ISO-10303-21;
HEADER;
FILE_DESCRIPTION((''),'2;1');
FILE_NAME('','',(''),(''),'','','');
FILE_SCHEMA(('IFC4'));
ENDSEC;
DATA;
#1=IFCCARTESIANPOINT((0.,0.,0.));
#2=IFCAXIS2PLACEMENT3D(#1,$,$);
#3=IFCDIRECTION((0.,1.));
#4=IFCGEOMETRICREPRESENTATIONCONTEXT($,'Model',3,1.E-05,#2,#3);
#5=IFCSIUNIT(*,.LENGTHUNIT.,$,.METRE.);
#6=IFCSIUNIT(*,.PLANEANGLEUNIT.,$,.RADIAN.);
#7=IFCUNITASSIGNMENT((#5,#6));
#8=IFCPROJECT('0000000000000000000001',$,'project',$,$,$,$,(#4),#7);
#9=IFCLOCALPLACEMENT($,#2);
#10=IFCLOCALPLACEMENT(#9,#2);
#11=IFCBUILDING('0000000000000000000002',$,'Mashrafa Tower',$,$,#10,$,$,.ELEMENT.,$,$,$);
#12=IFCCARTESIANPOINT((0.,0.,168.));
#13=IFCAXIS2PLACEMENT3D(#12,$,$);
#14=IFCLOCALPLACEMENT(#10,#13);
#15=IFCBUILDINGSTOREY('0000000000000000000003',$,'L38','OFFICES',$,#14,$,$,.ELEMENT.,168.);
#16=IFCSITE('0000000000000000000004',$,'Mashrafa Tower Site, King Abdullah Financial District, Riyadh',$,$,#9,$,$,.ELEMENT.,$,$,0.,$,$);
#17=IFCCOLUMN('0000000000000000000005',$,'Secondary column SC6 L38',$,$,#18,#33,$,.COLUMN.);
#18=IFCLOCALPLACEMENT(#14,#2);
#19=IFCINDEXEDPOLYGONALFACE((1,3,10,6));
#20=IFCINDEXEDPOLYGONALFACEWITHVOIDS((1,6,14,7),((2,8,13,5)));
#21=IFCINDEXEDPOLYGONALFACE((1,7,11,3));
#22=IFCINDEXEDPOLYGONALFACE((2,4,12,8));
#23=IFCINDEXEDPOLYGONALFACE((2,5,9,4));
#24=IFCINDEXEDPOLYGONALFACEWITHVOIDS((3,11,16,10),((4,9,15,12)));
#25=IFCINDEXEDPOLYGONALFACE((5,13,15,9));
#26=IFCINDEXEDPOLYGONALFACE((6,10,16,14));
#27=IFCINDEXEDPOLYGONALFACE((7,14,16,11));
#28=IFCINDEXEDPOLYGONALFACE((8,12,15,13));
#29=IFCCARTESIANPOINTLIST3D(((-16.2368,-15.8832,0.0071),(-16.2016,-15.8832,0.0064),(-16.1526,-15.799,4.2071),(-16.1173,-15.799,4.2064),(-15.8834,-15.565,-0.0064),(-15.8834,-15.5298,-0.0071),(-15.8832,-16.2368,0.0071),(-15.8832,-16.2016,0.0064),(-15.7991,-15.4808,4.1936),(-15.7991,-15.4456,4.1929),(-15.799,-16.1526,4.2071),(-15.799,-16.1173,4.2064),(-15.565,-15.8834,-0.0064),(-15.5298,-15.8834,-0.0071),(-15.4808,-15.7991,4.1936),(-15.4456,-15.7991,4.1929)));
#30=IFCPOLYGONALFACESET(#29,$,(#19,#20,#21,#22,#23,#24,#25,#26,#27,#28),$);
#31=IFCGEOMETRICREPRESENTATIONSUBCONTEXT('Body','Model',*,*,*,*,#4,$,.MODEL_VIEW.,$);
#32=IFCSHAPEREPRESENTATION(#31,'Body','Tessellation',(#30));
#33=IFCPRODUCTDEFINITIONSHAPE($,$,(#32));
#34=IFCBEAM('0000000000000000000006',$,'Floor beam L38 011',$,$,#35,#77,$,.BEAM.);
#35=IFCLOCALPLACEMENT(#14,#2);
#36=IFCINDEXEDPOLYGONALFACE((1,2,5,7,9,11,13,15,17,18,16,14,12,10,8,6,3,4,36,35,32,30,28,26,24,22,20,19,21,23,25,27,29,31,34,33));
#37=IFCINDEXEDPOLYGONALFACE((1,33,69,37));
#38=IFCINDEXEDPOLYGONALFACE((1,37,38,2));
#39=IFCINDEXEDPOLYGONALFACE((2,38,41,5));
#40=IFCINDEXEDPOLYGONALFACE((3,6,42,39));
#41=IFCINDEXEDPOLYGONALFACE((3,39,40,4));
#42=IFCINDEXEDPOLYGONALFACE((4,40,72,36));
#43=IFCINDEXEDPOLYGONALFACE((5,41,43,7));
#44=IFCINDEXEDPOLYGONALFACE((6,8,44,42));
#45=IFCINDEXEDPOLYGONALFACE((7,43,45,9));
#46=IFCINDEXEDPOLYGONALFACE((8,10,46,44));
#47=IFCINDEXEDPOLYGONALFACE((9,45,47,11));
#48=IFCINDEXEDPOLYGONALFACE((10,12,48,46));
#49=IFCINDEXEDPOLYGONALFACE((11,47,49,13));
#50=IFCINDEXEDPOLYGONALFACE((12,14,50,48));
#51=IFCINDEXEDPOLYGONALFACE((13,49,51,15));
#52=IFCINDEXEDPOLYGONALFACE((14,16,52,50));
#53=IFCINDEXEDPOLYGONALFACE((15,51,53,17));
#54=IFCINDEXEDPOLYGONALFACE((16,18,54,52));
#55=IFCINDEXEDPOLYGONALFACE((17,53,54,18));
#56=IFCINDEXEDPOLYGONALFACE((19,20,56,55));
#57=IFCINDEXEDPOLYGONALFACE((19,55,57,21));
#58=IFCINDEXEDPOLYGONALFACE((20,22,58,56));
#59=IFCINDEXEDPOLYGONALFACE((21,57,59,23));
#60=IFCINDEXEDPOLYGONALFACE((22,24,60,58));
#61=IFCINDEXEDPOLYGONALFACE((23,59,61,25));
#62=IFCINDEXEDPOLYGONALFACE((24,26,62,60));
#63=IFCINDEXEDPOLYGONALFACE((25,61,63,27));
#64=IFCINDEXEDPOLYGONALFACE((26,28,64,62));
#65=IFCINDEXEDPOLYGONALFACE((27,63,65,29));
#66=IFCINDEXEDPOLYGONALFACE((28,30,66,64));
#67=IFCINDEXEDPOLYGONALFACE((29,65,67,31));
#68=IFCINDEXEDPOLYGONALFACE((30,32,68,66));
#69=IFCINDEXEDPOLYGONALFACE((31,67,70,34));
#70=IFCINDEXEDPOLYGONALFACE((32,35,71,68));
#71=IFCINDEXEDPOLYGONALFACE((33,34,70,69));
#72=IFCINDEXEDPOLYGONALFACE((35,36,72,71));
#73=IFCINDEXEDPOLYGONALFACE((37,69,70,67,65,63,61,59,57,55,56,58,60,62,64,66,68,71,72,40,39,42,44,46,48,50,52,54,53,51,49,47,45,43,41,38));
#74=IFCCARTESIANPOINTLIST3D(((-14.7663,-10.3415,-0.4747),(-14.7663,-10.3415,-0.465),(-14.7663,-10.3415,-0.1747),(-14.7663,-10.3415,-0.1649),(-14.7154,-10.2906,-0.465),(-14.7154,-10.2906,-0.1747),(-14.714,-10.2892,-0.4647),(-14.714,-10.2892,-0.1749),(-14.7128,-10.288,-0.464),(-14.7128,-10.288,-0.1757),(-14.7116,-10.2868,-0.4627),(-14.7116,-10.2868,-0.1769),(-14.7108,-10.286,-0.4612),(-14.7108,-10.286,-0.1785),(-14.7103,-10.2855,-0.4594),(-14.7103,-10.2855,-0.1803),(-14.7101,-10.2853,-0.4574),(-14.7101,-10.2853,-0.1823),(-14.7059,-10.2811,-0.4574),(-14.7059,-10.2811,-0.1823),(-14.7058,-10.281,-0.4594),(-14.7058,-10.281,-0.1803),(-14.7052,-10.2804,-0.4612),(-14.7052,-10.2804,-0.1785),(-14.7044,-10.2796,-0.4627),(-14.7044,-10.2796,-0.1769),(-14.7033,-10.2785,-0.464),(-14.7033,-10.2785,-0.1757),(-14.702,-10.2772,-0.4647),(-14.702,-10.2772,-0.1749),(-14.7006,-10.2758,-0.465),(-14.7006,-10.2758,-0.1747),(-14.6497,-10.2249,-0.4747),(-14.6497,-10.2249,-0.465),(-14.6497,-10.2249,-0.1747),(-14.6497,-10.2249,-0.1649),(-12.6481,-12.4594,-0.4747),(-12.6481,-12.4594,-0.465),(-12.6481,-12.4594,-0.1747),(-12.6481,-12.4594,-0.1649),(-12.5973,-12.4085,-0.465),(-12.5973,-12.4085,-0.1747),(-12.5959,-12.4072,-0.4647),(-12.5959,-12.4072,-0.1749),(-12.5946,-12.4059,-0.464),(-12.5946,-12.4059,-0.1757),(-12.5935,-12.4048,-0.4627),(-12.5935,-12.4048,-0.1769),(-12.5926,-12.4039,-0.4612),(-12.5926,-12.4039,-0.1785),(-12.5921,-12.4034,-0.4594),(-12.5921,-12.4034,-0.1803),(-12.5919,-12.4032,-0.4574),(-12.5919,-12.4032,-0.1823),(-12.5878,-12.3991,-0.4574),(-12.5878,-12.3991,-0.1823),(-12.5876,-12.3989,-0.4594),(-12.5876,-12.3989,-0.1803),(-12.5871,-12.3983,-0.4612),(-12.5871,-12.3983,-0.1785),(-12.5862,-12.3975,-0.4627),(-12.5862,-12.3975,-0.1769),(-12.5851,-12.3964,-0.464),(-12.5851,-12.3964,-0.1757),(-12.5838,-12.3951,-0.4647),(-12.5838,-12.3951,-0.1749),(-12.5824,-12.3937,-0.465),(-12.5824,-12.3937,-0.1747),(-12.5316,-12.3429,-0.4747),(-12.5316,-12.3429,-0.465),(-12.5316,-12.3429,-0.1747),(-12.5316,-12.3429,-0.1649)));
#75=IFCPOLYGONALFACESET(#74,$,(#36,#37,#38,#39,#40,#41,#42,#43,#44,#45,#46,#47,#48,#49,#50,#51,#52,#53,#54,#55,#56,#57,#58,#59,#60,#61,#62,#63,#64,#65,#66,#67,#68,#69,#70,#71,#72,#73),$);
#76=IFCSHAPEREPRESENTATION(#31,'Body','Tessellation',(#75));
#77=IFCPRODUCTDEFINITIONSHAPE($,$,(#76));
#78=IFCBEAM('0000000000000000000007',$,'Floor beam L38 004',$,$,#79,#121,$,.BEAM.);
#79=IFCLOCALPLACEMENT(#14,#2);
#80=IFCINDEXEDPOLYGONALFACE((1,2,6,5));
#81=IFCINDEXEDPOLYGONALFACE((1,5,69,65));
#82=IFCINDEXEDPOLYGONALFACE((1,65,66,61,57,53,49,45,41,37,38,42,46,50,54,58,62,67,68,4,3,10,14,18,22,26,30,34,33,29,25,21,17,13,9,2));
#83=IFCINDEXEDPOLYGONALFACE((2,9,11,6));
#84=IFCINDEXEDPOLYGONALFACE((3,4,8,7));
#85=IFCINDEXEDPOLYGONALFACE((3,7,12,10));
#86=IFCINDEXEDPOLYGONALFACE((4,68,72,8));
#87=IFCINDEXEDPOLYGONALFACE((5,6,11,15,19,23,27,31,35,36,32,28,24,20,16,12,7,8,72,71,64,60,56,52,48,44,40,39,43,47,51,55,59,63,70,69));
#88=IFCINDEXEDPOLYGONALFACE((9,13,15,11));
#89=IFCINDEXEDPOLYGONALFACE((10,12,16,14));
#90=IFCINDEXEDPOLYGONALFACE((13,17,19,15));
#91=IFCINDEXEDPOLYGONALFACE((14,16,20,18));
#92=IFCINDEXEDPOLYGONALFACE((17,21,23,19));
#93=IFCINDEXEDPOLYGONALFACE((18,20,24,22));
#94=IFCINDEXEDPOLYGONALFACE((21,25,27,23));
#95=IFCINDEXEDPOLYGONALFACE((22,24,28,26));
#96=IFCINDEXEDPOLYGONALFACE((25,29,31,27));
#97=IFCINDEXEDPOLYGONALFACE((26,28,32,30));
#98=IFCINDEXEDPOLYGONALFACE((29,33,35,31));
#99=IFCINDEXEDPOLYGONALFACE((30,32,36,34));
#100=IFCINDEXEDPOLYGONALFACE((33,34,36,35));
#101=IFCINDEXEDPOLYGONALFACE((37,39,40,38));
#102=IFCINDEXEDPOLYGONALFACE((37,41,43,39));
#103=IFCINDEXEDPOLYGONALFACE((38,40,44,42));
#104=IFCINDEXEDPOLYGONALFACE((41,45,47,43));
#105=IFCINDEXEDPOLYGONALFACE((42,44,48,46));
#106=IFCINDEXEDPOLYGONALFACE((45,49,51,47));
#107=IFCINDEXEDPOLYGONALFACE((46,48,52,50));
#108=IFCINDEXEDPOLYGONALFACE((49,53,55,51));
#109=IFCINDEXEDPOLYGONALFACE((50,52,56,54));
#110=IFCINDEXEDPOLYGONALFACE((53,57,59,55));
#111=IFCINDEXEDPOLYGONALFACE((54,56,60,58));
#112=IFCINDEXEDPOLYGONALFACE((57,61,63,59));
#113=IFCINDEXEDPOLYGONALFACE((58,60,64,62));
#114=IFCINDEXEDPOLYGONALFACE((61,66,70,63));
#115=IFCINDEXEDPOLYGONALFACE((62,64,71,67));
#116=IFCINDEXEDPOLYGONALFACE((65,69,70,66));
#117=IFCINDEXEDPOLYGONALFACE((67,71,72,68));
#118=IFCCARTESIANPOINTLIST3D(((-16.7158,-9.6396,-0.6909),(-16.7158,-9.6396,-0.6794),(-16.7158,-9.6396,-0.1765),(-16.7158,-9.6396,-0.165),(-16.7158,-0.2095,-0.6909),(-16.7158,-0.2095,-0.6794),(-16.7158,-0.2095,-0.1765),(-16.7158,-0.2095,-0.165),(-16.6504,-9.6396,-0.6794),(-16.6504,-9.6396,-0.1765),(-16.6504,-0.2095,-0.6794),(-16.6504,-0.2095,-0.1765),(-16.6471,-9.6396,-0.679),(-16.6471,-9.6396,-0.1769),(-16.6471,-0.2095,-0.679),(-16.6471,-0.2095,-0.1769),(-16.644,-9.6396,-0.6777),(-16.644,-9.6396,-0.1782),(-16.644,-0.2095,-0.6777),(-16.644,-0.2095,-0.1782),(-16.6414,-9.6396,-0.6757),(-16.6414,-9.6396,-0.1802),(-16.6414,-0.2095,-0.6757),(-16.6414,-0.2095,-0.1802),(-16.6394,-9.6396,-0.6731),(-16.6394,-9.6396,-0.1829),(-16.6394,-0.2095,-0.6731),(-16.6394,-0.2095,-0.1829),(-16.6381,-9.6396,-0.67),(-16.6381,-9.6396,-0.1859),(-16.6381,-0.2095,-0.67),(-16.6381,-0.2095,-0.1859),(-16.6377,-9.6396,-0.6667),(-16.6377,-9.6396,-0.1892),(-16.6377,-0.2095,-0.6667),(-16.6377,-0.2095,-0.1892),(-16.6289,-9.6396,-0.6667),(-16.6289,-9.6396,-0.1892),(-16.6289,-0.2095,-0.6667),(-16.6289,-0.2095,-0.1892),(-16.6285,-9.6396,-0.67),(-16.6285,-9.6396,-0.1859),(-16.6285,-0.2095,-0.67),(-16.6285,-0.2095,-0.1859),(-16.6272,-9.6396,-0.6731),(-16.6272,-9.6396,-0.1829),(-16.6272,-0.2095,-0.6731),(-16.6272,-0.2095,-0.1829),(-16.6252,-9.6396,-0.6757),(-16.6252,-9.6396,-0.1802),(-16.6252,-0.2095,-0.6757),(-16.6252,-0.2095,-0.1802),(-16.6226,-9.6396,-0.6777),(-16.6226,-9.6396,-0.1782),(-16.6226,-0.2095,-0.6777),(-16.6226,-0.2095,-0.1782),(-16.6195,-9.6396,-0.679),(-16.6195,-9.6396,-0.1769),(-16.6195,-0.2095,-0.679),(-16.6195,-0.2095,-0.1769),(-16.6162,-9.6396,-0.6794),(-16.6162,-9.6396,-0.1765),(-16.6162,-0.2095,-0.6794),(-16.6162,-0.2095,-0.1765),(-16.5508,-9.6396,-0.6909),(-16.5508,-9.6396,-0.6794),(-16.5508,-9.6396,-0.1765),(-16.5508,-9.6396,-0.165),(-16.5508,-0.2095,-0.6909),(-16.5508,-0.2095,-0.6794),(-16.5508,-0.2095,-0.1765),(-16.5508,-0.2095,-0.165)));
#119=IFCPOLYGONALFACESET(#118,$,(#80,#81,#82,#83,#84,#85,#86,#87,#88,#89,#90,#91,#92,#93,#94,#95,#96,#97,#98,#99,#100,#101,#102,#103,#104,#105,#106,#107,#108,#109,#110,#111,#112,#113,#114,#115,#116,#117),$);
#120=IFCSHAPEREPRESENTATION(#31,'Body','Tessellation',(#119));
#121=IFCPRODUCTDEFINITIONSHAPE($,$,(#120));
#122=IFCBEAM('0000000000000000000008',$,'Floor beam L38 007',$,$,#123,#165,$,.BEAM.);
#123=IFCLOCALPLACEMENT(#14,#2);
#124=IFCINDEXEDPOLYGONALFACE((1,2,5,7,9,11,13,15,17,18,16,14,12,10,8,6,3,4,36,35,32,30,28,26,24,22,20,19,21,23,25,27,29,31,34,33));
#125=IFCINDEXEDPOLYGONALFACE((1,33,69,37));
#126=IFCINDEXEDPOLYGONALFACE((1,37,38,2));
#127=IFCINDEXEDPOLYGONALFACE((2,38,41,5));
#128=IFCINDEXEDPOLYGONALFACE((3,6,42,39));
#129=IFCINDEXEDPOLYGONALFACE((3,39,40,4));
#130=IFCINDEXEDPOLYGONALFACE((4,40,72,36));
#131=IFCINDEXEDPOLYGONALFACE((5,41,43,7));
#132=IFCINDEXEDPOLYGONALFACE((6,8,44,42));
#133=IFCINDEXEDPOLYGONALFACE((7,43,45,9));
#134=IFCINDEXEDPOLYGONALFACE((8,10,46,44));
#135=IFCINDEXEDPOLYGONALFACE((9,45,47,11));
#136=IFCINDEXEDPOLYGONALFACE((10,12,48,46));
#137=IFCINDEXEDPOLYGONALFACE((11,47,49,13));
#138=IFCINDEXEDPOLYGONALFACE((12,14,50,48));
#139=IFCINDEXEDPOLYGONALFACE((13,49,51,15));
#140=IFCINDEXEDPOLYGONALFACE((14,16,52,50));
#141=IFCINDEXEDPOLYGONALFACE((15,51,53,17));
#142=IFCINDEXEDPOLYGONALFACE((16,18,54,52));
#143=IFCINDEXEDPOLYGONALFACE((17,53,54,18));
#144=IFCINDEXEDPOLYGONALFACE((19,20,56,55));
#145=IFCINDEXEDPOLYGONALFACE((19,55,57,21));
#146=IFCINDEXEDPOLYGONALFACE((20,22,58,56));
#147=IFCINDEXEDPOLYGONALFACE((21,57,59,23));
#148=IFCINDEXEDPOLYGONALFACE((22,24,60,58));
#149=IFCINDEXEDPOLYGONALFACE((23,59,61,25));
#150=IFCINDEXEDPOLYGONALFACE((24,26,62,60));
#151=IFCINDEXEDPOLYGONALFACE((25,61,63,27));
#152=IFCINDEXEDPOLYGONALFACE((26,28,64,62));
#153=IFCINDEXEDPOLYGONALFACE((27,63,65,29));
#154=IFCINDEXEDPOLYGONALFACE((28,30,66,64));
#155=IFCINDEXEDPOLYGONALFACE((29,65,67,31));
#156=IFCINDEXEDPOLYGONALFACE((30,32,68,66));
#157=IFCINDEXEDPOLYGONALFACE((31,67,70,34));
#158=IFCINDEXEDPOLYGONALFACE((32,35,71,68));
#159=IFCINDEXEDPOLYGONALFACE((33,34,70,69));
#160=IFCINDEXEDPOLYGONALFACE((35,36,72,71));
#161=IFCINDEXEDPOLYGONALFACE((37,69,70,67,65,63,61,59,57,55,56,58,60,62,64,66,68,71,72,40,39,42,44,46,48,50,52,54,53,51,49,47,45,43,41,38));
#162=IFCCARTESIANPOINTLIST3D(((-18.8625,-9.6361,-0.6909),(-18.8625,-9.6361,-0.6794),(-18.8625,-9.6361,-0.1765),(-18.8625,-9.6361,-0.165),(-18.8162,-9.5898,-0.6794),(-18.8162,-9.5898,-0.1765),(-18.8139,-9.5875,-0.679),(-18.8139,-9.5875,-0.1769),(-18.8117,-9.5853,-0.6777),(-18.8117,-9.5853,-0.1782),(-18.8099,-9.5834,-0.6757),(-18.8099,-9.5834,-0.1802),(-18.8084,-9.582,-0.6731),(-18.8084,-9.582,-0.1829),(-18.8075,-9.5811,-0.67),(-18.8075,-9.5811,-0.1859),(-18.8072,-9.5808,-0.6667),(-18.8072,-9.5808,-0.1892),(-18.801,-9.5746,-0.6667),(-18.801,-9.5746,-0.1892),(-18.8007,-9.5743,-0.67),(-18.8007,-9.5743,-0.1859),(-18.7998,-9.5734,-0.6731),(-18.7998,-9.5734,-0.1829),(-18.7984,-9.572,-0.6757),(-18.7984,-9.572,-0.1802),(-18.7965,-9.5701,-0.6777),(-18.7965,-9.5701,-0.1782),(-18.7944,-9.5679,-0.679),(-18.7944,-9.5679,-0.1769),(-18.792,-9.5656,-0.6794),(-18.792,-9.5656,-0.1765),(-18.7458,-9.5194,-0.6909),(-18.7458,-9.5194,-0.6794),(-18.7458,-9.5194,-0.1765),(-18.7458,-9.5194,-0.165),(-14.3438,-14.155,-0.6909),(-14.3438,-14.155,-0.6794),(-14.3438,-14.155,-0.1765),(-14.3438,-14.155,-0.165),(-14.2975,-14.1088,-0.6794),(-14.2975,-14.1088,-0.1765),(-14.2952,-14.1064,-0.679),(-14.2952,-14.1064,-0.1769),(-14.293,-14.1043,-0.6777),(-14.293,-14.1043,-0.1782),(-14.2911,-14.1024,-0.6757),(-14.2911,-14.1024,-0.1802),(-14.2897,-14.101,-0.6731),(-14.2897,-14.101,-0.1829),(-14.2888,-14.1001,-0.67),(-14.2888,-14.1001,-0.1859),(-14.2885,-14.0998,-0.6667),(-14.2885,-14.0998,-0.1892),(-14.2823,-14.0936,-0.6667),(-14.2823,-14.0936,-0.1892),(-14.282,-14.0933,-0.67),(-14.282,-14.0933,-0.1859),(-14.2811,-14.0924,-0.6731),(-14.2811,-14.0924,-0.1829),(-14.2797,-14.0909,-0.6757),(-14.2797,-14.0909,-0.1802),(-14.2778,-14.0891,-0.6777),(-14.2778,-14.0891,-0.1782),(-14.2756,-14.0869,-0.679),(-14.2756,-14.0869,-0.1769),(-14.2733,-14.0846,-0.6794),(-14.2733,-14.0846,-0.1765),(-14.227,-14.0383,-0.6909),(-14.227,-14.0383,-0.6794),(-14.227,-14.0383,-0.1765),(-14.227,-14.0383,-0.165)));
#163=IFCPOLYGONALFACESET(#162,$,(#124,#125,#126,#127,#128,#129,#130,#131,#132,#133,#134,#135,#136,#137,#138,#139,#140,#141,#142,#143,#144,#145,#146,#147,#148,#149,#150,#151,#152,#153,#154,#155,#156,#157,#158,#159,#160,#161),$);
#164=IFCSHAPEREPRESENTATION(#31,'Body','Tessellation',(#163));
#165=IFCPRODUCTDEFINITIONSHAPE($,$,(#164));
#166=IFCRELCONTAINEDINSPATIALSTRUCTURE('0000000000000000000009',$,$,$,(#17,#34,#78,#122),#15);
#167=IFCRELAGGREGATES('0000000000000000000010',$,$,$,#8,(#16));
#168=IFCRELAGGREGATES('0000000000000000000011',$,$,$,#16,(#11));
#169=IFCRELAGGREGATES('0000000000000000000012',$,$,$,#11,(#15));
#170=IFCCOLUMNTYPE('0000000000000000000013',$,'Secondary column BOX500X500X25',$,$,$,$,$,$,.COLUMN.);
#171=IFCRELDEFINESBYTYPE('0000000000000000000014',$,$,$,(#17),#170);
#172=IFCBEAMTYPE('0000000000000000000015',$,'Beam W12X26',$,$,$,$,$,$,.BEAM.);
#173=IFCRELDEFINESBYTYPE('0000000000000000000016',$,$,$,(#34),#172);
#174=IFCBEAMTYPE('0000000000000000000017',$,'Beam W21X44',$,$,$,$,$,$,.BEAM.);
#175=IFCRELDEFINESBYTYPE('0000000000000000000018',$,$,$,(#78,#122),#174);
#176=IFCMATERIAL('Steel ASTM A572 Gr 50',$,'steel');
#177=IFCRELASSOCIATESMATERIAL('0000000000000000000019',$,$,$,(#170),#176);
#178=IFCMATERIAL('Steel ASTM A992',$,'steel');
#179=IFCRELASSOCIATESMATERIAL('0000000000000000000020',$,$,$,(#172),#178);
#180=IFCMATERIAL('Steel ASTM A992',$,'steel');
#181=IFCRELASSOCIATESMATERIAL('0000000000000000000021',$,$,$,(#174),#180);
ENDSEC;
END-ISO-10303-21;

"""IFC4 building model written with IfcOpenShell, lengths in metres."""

from ifc_helpers import new_model, si_unit, direction, frame, origin, origin_2d, place, context, subcontext, project, spatial, hollow_rectangle, i_section, extrude, material, material_profile, profile_set, type_object, element, save


model = new_model("IFC4")

# Units and contexts
model_context = context("Model", 3, precision=1e-05, world=origin(), true_north=direction((0.0, 1.0)))
body_context = subcontext(model_context, "Body", "Model", "MODEL_VIEW")
ifc_project = project(units=[si_unit("LENGTHUNIT", "METRE"), si_unit("PLANEANGLEUNIT", "RADIAN")], contexts=[model_context])

# Site, building, storey
site_placement = place(None, origin())
site = spatial("IfcSite", under=ifc_project, at=site_placement, Name="Mashrafa Tower Site, King Abdullah Financial District, Riyadh", CompositionType="ELEMENT", RefElevation=0.0)
building_placement = place(site_placement, origin())
building = spatial("IfcBuilding", under=site, at=building_placement, Name="Mashrafa Tower", CompositionType="ELEMENT")
storey_placement = place(building_placement, frame((0.0, 0.0, 168.0)))
storey = spatial("IfcBuildingStorey", under=building, at=storey_placement, Name="L38", Description="OFFICES", CompositionType="ELEMENT", Elevation=168.0)

# Column
ifc_material_1 = material(Name="Steel ASTM A572 Gr 50", Category="steel")
ifc_material_profile_1 = material_profile(ifc_material_1, hollow_rectangle(XDim=0.5, YDim=0.5, WallThickness=0.0249, at=origin_2d()), Name="BOX500X500X25")
ifc_profile_set_1 = profile_set([ifc_material_profile_1], Name="Steel ASTM A572 Gr 50")
column_type = type_object("IfcColumnType", Name="Secondary column BOX500X500X25", PredefinedType="COLUMN", material=ifc_profile_set_1)
column_placement = place(storey_placement, frame((-15.8833, -15.8833, 0.0), z_axis=(0.020047, 0.020047, 0.999598), x_axis=(-0.707107, 0.707107, 0.0)))
element("IfcColumn", 1, at=column_placement, inside=storey, type_object=column_type, Name="Secondary column SC6 L38", PredefinedType="COLUMN", context=body_context, shape_type="SweptSolid", body=[
    extrude(hollow_rectangle(XDim=0.5, YDim=0.5, WallThickness=0.0249, at=origin_2d()), origin(), (0.0, 0.0, 1.0), 4.2017),
])

# Beams
ifc_material_2 = material(Name="Steel ASTM A992", Category="steel")
ifc_material_profile_2 = material_profile(ifc_material_2, i_section(OverallWidth=0.1648, OverallDepth=0.3098, WebThickness=0.0059, FlangeThickness=0.0098, FilletRadius=0.0076, at=origin_2d()), Name="W12X26")
ifc_profile_set_2 = profile_set([ifc_material_profile_2], Name="Steel ASTM A992")
beam_type_1 = type_object("IfcBeamType", Name="Beam W12X26", PredefinedType="BEAM", material=ifc_profile_set_2)
beam_1_placement = place(storey_placement, frame((-12.5898, -12.4011, -0.3198), z_axis=(-0.707148, 0.707066, 0.0), x_axis=(-0.707066, -0.707148, 0.0)))
element("IfcBeam", 2, at=beam_1_placement, inside=storey, type_object=beam_type_1, Name="Floor beam L38 011", PredefinedType="BEAM", context=body_context, shape_type="SweptSolid", body=[
    extrude(i_section(OverallWidth=0.1648, OverallDepth=0.3098, WebThickness=0.0059, FlangeThickness=0.0098, FilletRadius=0.0076, at=origin_2d()), origin(), (0.0, 0.0, 1.0), 2.9954),
])
ifc_material_3 = material(Name="Steel ASTM A992", Category="steel")
ifc_material_profile_3 = material_profile(ifc_material_3, i_section(OverallWidth=0.165, OverallDepth=0.5259, WebThickness=0.0088, FlangeThickness=0.0115, FilletRadius=0.0127, at=origin_2d()), Name="W21X44")
ifc_profile_set_3 = profile_set([ifc_material_profile_3], Name="Steel ASTM A992")
beam_type_2 = type_object("IfcBeamType", Name="Beam W21X44", PredefinedType="BEAM", material=ifc_profile_set_3)
beam_2_placement = place(storey_placement, frame((-16.6333, -9.6396, -0.428), z_axis=(0.0, 1.0, 0.0), x_axis=(-1.0, 0.0, 0.0)))
element("IfcBeam", 3, at=beam_2_placement, inside=storey, type_object=beam_type_2, Name="Floor beam L38 004", PredefinedType="BEAM", context=body_context, shape_type="SweptSolid", body=[
    extrude(i_section(OverallWidth=0.165, OverallDepth=0.5259, WebThickness=0.0088, FlangeThickness=0.0115, FilletRadius=0.0127, at=origin_2d()), origin(), (0.0, 0.0, 1.0), 9.4302),
])
beam_3_placement = place(storey_placement, frame((-14.2854, -14.0967, -0.428), z_axis=(-0.707088, 0.707126, 0.0), x_axis=(-0.707126, -0.707088, 0.0)))
element("IfcBeam", 4, at=beam_3_placement, inside=storey, type_object=beam_type_2, Name="Floor beam L38 007", PredefinedType="BEAM", context=body_context, shape_type="SweptSolid", body=[
    extrude(i_section(OverallWidth=0.165, OverallDepth=0.5259, WebThickness=0.0088, FlangeThickness=0.0115, FilletRadius=0.0127, at=origin_2d()), origin(), (0.0, 0.0, 1.0), 6.3906),
])

save(model, "model.ifc")
